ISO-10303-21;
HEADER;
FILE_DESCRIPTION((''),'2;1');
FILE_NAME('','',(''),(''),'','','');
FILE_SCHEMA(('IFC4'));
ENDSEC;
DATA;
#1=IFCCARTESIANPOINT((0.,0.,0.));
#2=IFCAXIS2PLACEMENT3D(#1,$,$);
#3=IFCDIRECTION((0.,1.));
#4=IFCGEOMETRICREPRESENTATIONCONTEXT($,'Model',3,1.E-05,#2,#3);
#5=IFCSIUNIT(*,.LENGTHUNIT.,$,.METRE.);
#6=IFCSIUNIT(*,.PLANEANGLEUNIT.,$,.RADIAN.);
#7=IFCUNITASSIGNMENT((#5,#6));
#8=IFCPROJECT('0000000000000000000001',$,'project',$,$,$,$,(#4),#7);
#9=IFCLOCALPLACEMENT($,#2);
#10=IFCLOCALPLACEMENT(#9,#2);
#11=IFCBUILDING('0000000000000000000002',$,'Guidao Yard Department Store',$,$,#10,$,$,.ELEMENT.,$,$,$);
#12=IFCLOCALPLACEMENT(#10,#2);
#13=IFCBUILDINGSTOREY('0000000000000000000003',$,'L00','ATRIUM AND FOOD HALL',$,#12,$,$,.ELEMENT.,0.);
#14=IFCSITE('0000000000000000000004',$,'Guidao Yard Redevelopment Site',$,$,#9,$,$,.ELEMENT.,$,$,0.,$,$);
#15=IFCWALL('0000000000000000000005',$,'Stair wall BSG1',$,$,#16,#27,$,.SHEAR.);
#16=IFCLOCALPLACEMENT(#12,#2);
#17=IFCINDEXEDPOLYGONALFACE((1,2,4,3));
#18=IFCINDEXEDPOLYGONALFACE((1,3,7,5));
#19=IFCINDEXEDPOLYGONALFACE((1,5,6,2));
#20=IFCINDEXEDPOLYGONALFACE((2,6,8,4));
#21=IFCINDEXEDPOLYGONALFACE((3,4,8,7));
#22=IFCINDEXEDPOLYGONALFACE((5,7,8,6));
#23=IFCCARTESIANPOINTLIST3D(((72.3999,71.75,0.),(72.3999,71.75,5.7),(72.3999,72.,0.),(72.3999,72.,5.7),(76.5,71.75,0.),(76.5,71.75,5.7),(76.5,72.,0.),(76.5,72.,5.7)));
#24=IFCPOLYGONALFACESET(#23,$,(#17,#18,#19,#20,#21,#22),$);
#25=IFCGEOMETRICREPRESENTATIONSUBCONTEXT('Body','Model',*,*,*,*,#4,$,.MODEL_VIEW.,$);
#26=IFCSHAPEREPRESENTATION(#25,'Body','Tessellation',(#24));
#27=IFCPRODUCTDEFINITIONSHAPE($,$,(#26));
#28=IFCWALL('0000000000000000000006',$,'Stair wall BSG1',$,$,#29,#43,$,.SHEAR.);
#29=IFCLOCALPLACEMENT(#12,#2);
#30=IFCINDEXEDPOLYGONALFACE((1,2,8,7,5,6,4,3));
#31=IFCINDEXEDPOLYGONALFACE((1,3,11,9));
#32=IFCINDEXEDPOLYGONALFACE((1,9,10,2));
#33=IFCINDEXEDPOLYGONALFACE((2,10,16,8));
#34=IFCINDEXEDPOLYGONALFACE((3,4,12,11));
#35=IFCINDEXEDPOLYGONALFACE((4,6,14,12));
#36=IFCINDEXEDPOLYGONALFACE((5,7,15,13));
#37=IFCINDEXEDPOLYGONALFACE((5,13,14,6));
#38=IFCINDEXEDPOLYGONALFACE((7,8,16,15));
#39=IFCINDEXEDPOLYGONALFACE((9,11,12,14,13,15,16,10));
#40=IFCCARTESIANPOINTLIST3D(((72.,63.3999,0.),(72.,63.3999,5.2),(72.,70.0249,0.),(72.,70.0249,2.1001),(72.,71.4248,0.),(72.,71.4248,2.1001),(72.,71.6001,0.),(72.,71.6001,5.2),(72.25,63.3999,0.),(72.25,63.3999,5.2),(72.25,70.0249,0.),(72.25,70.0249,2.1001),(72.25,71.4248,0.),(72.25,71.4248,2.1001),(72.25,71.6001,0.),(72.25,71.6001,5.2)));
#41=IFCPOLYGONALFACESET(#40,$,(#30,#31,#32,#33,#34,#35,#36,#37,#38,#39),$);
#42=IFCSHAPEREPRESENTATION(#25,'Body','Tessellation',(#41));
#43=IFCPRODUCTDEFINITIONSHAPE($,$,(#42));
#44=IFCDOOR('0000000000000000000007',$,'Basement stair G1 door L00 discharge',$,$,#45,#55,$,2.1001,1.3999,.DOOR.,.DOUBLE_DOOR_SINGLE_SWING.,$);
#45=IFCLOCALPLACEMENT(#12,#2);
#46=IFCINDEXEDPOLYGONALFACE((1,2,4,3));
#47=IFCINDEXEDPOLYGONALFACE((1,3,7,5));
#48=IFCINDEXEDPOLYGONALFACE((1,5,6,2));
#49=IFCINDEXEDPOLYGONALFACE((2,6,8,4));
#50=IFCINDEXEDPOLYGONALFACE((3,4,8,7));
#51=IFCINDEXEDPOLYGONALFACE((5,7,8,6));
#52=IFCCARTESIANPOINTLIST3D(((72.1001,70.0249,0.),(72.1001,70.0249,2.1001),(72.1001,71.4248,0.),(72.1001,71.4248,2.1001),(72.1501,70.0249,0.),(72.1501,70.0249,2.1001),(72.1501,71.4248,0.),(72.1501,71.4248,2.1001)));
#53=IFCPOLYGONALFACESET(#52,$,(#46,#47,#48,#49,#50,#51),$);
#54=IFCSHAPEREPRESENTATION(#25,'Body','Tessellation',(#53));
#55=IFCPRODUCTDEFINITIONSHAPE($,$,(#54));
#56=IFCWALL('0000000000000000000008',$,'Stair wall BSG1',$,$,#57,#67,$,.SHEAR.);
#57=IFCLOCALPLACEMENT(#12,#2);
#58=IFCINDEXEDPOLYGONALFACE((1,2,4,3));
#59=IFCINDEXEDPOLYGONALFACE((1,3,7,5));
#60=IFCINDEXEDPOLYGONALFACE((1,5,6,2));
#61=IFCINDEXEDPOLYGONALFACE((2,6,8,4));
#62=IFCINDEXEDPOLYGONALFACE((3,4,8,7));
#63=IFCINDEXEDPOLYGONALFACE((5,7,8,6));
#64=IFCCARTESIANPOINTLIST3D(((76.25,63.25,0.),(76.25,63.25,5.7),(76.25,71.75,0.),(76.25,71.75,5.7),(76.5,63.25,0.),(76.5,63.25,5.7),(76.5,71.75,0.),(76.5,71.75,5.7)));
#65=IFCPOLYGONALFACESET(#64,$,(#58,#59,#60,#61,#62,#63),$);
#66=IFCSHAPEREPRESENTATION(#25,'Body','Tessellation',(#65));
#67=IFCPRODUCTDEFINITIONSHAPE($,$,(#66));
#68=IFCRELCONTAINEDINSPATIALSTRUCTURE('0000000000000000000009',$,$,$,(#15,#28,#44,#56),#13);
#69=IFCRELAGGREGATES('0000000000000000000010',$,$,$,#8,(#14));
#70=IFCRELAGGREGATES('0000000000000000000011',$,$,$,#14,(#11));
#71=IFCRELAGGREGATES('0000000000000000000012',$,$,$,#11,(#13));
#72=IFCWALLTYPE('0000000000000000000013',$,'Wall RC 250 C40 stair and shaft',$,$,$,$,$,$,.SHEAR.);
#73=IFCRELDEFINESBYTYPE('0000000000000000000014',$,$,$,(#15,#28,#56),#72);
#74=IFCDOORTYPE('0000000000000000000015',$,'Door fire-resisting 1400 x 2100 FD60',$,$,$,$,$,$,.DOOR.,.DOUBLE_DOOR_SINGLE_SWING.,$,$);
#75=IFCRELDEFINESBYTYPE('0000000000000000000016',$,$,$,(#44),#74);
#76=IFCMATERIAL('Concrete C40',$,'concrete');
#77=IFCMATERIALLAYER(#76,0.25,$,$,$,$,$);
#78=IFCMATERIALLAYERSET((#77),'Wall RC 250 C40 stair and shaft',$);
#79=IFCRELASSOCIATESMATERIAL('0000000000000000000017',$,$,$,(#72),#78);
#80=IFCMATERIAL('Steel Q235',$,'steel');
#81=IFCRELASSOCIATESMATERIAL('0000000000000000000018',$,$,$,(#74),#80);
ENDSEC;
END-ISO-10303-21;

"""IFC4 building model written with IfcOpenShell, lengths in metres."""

from ifc_helpers import new_model, si_unit, direction, frame, frame_2d, origin, place, context, subcontext, project, spatial, rectangle, extrude, material, layer, layer_set, type_object, element, fill, save


model = new_model("IFC4")

# Units and contexts
model_context = context("Model", 3, precision=1e-05, world=origin(), true_north=direction((0.0, 1.0)))
body_context = subcontext(model_context, "Body", "Model", "MODEL_VIEW")
ifc_project = project(units=[si_unit("LENGTHUNIT", "METRE"), si_unit("PLANEANGLEUNIT", "RADIAN")], contexts=[model_context])

# Site, building, storey
site_placement = place(None, origin())
site = spatial("IfcSite", under=ifc_project, at=site_placement, Name="Guidao Yard Redevelopment Site", CompositionType="ELEMENT", RefElevation=0.0)
building_placement = place(site_placement, origin())
building = spatial("IfcBuilding", under=site, at=building_placement, Name="Guidao Yard Department Store", CompositionType="ELEMENT")
storey_placement = place(building_placement, origin())
storey = spatial("IfcBuildingStorey", under=building, at=storey_placement, Name="L00", Description="ATRIUM AND FOOD HALL", CompositionType="ELEMENT", Elevation=0.0)

# Wall
ifc_material_1 = material(Name="Concrete C40", Category="concrete")
ifc_layer_1 = layer(ifc_material_1, 0.25)
ifc_layer_set_1 = layer_set([ifc_layer_1], Name="Wall RC 250 C40 stair and shaft")
wall_type_1 = type_object("IfcWallType", Name="Wall RC 250 C40 stair and shaft", PredefinedType="SHEAR", material=ifc_layer_set_1)
wall_1_placement = place(storey_placement, frame((72.3999, 71.875, 0.0), z_axis=(0.0, 0.0, 1.0), x_axis=(1.0, 0.0, 0.0)))
element("IfcWall", 1, at=wall_1_placement, inside=storey, type_object=wall_type_1, Name="Stair wall BSG1", PredefinedType="SHEAR", context=body_context, shape_type="SweptSolid", body=[
    extrude(rectangle(XDim=4.1001, YDim=0.25, at=frame_2d((2.05, 0.0))), origin(), (0.0, 0.0, 1.0), 5.7),
])

# Wall, opening, door
wall_2_placement = place(storey_placement, frame((72.125, 63.3999, 0.0), z_axis=(0.0, 0.0, 1.0), x_axis=(0.0, 1.0, 0.0)))
wall_2 = element("IfcWall", 2, at=wall_2_placement, inside=storey, type_object=wall_type_1, Name="Stair wall BSG1", PredefinedType="SHEAR", context=body_context, shape_type="SweptSolid", body=[
    extrude(rectangle(XDim=8.2002, YDim=0.25, at=frame_2d((4.1001, 0.0))), origin(), (0.0, 0.0, 1.0), 5.2),
])
opening_1_placement = place(wall_2_placement, frame((6.625, 0.0, 0.0)))
opening_1 = element("IfcOpeningElement", 3, at=opening_1_placement, cuts=wall_2, PredefinedType="OPENING", context=body_context, shape_type="SweptSolid", body=[
    extrude(rectangle(XDim=1.3999, YDim=2.1001, at=frame_2d((0.7, 1.05))), frame((0.0, 0.135, 0.0), z_axis=(0.0, -1.0, 0.0), x_axis=(1.0, 0.0, 0.0)), (0.0, 0.0, 1.0), 0.27),
])
ifc_material_2 = material(Name="Steel Q235", Category="steel")
door_type_1 = type_object("IfcDoorType", Name="Door fire-resisting 1400 x 2100 FD60", OperationType="DOUBLE_DOOR_SINGLE_SWING", PredefinedType="DOOR", material=ifc_material_2)
door_1_placement = place(opening_1_placement, origin())
door_1 = element("IfcDoor", 4, at=door_1_placement, inside=storey, type_object=door_type_1, Name="Basement stair G1 door L00 discharge", OperationType="DOUBLE_DOOR_SINGLE_SWING", OverallHeight=2.1001, OverallWidth=1.3999, PredefinedType="DOOR", context=body_context, shape_type="SweptSolid", body=[
    extrude(rectangle(XDim=1.3999, YDim=2.1001, at=frame_2d((0.7, 1.05))), frame((0.0, 0.0249, 0.0), z_axis=(0.0, -1.0, 0.0), x_axis=(1.0, 0.0, 0.0)), (0.0, 0.0, 1.0), 0.05),
])
fill(opening_1, door_1)

# Wall
wall_3_placement = place(storey_placement, frame((76.375, 63.25, 0.0), z_axis=(0.0, 0.0, 1.0), x_axis=(0.0, 1.0, 0.0)))
element("IfcWall", 5, at=wall_3_placement, inside=storey, type_object=wall_type_1, Name="Stair wall BSG1", PredefinedType="SHEAR", context=body_context, shape_type="SweptSolid", body=[
    extrude(rectangle(XDim=8.5, YDim=0.25, at=frame_2d((4.25, 0.0))), origin(), (0.0, 0.0, 1.0), 5.7),
])

save(model, "model.ifc")
